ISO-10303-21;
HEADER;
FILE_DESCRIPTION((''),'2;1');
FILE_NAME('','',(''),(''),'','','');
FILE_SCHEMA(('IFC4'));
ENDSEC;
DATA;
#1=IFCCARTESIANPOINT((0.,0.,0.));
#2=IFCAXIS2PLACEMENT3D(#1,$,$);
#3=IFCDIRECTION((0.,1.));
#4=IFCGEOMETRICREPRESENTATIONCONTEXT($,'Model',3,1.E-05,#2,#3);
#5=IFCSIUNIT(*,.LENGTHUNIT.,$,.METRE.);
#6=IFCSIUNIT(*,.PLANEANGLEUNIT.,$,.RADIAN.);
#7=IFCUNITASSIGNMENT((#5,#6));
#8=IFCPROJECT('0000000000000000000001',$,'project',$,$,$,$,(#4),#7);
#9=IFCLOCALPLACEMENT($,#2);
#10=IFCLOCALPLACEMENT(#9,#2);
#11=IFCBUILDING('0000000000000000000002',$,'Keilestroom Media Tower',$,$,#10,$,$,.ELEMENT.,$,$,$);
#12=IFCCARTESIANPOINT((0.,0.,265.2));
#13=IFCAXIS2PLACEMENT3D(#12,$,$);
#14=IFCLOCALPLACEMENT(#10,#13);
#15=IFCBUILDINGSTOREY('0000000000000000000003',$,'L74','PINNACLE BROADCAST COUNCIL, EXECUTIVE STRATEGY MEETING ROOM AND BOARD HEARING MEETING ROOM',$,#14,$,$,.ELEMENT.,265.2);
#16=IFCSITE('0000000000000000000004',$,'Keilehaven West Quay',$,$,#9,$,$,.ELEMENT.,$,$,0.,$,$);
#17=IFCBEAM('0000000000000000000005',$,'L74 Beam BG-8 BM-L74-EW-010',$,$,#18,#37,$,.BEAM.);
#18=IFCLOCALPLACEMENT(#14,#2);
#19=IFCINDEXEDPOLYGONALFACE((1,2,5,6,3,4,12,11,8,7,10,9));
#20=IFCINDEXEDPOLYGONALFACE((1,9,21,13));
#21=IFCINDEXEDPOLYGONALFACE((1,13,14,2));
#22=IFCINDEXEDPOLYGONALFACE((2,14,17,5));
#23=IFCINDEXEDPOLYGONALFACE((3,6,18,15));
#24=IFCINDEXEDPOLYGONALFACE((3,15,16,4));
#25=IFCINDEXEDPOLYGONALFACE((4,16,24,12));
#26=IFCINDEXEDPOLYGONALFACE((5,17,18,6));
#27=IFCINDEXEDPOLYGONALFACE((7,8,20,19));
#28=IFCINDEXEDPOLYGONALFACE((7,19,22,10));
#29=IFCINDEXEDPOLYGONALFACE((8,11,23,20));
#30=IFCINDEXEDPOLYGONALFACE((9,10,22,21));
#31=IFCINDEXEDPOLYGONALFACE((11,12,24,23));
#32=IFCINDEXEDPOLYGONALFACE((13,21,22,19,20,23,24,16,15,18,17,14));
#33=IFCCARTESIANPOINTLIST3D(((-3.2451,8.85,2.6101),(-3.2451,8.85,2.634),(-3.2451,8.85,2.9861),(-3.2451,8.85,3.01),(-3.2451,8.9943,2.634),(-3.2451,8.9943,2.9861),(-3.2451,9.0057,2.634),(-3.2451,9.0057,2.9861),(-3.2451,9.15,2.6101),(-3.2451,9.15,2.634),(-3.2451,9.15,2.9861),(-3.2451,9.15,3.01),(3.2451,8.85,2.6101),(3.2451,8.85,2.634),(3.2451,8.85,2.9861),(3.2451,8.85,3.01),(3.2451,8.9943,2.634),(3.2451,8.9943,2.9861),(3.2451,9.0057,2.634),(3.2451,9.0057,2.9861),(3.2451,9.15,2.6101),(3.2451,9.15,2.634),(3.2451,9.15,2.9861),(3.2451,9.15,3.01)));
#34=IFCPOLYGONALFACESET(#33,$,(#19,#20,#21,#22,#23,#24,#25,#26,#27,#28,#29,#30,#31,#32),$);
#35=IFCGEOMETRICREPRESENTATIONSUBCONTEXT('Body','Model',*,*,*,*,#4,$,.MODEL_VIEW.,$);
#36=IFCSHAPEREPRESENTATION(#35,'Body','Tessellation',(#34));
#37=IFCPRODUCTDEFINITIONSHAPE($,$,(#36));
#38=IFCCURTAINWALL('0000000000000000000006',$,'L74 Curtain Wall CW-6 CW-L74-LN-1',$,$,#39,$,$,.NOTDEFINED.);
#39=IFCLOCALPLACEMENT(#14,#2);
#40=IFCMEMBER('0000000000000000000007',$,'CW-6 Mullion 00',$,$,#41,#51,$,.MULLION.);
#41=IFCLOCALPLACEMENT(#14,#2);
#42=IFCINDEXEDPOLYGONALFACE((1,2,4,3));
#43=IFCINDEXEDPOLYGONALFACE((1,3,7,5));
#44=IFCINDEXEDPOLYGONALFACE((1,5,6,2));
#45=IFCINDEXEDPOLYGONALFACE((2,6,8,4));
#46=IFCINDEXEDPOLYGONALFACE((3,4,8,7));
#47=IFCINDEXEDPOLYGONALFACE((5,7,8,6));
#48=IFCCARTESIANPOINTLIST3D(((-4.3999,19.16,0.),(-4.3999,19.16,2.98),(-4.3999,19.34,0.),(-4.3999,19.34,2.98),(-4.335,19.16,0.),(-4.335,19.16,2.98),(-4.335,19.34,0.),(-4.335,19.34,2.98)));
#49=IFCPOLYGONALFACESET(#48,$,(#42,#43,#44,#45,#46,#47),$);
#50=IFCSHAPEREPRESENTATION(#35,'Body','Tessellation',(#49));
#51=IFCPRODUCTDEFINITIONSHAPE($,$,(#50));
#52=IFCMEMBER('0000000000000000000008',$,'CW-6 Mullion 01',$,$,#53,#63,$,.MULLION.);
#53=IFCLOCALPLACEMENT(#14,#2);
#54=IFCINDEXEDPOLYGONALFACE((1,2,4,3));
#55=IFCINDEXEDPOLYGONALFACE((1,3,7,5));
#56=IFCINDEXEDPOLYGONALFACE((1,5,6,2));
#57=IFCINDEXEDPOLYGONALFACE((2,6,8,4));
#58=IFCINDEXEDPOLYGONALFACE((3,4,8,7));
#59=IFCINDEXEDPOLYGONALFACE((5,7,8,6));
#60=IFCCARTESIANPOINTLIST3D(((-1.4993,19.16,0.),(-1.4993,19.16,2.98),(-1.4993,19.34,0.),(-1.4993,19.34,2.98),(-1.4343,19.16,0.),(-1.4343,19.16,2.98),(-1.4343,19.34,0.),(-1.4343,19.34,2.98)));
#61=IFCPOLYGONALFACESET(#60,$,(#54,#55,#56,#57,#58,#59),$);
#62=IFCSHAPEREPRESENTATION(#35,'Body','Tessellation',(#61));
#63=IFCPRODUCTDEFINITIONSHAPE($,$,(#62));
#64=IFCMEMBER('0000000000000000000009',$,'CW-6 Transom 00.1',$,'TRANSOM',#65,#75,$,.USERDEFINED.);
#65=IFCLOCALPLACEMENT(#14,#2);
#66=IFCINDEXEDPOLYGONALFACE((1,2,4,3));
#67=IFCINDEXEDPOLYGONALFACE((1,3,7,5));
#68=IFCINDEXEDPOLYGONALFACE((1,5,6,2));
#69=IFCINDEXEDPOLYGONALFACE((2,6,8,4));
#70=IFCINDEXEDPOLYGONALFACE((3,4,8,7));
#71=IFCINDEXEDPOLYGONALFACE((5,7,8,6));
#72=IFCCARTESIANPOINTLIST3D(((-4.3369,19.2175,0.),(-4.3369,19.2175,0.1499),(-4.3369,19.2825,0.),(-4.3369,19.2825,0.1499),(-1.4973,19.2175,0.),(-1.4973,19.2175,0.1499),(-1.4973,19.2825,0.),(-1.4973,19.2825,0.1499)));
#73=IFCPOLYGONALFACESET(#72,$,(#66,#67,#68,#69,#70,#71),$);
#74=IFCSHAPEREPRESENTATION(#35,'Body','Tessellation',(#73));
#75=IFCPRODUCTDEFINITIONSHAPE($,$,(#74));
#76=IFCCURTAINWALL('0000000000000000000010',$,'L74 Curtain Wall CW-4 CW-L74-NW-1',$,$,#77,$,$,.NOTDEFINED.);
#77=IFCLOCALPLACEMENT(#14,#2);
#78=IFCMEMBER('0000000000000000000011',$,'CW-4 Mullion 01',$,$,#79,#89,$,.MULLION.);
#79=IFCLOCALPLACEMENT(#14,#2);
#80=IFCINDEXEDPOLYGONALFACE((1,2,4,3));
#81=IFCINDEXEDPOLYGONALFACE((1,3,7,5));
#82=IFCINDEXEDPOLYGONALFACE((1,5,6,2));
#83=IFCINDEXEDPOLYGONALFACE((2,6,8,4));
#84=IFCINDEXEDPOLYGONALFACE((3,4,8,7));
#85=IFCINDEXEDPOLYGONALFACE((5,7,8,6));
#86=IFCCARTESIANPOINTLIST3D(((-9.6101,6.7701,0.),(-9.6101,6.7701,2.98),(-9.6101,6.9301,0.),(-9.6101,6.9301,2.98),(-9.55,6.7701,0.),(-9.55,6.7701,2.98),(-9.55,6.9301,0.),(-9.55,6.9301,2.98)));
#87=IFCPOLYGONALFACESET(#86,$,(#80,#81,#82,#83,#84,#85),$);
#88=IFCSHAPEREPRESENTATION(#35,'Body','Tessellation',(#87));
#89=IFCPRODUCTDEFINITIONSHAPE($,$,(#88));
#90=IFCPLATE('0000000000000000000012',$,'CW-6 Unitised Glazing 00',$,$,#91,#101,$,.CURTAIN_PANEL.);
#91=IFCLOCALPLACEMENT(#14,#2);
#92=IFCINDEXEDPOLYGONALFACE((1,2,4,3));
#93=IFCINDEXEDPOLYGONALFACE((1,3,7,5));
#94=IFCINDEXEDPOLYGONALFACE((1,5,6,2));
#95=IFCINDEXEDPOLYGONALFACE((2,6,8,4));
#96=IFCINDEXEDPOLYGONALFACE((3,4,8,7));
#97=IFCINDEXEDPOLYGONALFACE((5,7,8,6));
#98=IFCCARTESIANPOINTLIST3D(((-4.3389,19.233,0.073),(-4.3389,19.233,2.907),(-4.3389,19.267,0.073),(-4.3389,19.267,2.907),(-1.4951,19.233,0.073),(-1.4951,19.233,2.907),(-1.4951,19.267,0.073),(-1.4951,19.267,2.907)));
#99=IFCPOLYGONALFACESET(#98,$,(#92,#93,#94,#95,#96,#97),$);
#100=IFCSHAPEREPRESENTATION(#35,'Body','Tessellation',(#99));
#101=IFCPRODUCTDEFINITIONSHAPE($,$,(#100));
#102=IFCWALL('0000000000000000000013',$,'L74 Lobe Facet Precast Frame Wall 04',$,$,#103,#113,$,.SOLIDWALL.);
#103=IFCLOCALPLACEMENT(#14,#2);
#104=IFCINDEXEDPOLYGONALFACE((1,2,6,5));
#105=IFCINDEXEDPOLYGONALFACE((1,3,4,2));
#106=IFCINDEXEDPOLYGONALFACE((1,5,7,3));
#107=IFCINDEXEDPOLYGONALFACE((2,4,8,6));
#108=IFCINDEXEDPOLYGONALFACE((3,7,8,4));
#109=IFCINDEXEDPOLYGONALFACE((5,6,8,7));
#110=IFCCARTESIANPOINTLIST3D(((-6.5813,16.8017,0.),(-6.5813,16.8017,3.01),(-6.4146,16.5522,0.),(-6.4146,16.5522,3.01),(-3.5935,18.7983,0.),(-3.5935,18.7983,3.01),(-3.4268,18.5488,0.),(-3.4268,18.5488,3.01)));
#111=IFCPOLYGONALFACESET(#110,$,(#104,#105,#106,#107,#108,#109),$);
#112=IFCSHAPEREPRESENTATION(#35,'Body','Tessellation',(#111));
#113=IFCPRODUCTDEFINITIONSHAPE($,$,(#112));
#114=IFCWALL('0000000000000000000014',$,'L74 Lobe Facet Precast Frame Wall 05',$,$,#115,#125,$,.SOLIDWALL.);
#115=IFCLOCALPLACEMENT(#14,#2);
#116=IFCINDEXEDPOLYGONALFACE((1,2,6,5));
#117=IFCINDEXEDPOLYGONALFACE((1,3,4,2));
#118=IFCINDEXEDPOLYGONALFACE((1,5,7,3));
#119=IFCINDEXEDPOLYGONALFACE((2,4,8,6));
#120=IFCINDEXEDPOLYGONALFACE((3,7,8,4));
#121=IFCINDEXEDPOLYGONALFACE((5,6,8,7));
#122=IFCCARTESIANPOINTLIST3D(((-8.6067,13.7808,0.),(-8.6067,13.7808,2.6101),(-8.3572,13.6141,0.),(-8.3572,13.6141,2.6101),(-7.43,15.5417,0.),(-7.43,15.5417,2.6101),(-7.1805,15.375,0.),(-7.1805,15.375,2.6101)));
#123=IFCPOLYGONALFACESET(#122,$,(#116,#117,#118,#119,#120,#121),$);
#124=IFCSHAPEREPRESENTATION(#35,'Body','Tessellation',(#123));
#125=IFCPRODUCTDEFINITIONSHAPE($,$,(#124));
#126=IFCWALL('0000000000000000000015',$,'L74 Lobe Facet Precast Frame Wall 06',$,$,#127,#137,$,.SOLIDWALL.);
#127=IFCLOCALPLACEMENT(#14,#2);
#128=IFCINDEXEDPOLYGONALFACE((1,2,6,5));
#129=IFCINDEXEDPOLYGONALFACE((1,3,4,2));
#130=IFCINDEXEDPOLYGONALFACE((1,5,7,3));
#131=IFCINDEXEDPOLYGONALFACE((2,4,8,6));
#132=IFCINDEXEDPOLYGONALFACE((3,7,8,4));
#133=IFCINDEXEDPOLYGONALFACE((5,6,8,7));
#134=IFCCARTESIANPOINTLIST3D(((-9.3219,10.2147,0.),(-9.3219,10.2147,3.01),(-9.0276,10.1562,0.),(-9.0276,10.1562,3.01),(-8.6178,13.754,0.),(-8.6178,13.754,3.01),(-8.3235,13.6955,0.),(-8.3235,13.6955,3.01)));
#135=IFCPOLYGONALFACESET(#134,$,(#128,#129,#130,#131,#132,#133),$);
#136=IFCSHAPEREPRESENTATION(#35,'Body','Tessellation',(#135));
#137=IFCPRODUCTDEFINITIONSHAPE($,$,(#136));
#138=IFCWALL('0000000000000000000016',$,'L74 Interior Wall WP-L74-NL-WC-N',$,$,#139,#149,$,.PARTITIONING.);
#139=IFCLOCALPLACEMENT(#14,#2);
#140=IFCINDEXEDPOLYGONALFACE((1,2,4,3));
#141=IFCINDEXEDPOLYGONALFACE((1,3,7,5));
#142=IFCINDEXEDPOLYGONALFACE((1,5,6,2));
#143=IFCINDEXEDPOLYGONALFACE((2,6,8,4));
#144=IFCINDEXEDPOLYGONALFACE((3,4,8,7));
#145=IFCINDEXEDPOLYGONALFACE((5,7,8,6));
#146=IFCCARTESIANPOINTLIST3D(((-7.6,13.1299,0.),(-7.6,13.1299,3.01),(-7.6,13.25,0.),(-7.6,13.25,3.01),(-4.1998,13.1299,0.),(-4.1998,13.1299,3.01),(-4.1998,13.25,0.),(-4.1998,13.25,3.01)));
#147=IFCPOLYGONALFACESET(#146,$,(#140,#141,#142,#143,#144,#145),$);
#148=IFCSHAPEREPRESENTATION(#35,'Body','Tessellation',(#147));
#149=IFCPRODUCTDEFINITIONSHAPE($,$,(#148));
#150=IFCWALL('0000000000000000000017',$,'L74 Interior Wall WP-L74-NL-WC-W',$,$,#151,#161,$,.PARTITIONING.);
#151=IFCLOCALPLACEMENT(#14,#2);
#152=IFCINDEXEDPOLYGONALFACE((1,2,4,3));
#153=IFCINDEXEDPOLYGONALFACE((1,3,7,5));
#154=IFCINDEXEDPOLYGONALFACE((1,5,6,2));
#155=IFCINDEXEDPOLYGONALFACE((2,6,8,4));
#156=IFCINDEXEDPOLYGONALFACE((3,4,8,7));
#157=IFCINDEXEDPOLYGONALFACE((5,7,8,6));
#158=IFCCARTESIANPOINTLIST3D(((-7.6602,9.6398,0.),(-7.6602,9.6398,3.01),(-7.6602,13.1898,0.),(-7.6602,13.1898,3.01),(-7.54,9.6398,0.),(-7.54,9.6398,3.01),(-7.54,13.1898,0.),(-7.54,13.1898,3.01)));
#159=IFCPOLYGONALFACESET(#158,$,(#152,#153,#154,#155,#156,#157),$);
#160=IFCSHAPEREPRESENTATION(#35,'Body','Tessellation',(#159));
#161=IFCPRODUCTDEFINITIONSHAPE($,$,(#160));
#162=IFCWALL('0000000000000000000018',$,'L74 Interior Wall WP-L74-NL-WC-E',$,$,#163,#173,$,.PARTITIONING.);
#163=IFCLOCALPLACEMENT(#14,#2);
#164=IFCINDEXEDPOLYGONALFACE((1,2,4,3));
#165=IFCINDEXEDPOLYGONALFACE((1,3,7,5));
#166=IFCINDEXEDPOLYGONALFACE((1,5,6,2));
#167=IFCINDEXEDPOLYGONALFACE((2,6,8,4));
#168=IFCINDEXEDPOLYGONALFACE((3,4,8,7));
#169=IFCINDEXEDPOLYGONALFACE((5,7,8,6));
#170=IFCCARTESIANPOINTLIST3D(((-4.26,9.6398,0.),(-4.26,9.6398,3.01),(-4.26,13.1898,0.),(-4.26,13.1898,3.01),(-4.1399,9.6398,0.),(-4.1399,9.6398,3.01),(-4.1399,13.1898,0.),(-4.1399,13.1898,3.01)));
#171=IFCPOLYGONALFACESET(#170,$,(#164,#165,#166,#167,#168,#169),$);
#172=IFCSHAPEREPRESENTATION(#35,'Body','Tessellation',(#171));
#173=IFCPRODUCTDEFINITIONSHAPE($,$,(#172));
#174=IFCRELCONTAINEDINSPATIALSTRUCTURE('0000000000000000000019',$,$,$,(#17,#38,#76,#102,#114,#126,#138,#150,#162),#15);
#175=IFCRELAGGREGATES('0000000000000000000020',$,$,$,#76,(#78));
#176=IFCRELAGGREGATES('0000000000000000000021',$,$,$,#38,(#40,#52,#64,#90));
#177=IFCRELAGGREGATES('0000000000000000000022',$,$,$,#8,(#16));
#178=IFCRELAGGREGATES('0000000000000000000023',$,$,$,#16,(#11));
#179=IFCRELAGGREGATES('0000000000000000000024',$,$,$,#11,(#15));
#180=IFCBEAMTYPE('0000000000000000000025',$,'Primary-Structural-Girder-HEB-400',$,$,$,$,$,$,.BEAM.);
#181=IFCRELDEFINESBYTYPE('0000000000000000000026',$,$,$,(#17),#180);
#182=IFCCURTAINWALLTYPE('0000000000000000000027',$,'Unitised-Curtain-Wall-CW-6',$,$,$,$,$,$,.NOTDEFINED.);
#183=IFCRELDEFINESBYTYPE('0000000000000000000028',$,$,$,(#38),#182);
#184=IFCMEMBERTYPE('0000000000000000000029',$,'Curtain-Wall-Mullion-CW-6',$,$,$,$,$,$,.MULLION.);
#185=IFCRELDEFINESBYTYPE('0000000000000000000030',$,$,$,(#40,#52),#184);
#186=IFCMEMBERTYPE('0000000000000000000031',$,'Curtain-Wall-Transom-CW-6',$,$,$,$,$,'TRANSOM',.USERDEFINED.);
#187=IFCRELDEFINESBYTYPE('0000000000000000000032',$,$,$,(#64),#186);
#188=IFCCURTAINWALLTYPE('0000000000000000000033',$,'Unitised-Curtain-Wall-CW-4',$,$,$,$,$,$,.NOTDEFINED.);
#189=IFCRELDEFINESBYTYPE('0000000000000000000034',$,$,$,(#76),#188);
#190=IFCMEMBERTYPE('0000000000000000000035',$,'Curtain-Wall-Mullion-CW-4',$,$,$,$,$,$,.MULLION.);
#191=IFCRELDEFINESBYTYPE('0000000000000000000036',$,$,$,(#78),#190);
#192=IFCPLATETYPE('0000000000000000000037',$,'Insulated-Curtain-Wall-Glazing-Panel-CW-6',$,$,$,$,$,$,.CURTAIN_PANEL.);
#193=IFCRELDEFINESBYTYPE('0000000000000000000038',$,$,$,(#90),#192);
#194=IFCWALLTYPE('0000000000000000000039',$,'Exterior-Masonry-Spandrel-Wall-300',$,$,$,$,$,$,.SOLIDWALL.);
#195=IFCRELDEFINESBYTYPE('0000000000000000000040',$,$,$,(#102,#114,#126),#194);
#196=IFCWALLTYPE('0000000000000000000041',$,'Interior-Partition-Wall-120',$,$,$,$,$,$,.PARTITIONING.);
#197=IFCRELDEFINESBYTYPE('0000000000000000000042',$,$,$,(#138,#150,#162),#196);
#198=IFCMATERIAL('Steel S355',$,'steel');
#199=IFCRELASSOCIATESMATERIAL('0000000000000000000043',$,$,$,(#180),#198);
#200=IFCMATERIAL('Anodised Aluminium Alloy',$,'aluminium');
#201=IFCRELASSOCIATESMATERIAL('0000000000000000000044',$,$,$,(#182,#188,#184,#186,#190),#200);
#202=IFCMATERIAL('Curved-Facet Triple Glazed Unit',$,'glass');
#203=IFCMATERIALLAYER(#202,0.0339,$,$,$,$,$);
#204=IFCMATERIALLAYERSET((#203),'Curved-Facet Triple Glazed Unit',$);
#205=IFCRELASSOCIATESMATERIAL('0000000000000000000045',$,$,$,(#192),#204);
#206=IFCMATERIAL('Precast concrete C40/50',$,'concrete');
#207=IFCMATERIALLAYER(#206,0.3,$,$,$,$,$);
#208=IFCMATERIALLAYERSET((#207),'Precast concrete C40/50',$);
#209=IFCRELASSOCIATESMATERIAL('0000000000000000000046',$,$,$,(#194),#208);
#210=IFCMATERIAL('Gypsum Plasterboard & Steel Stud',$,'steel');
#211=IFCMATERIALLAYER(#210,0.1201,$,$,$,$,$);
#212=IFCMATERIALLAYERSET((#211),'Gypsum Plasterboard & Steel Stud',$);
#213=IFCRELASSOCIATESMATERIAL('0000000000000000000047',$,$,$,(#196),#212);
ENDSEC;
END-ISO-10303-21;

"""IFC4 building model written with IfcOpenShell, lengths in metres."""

from ifc_helpers import new_model, si_unit, direction, frame, frame_2d, origin, origin_2d, place, context, subcontext, project, spatial, rectangle, i_section, extrude, source, transform, mapped, material, layer, layer_set, material_profile, profile_set, type_object, element, aggregate, save


model = new_model("IFC4")

# Units and contexts
model_context = context("Model", 3, precision=1e-05, world=origin(), true_north=direction((0.0, 1.0)))
body_context = subcontext(model_context, "Body", "Model", "MODEL_VIEW")
ifc_project = project(units=[si_unit("LENGTHUNIT", "METRE"), si_unit("PLANEANGLEUNIT", "RADIAN")], contexts=[model_context])

# Site, building, storey
site_placement = place(None, origin())
site = spatial("IfcSite", under=ifc_project, at=site_placement, Name="Keilehaven West Quay", CompositionType="ELEMENT", RefElevation=0.0)
building_placement = place(site_placement, origin())
building = spatial("IfcBuilding", under=site, at=building_placement, Name="Keilestroom Media Tower", CompositionType="ELEMENT")
storey_placement = place(building_placement, frame((0.0, 0.0, 265.2)))
storey = spatial("IfcBuildingStorey", under=building, at=storey_placement, Name="L74", Description="PINNACLE BROADCAST COUNCIL, EXECUTIVE STRATEGY MEETING ROOM AND BOARD HEARING MEETING ROOM", CompositionType="ELEMENT", Elevation=265.2)

# Shared definitions
ifc_material_1 = material(Name="Steel S355", Category="steel")

# Beam
ifc_material_profile_1 = material_profile(ifc_material_1, i_section(OverallWidth=0.3, OverallDepth=0.3999, WebThickness=0.0115, FlangeThickness=0.0239, at=origin_2d()), Name="HEB 400")
ifc_profile_set_1 = profile_set([ifc_material_profile_1], Name="Steel S355")
beam_type = type_object("IfcBeamType", Name="Primary-Structural-Girder-HEB-400", PredefinedType="BEAM", material=ifc_profile_set_1)
shared_shape_1 = source(origin(), body_context, "Body", "SweptSolid", [
    extrude(i_section(OverallWidth=0.3, OverallDepth=0.3999, WebThickness=0.0115, FlangeThickness=0.0239, at=origin_2d()), origin(), (0.0, 0.0, 1.0), 6.4902),
])
beam_1_placement = place(storey_placement, frame((-3.2451, 9.0, 2.8101), z_axis=(1.0, 0.0, 0.0), x_axis=(0.0, 1.0, 0.0)))
element("IfcBeam", 1, at=beam_1_placement, inside=storey, type_object=beam_type, Name="L74 Beam BG-8 BM-L74-EW-010", PredefinedType="BEAM", context=body_context, shape_type="MappedRepresentation", body=[
    mapped(shared_shape_1, transform((0.0, 0.0, 0.0), x_axis=(1.0, 0.0, 0.0), y_axis=(0.0, 1.0, 0.0), z_axis=(0.0, 0.0, 1.0), scale=1.0)),
])

# Curtain wall, members
ifc_material_2 = material(Name="Anodised Aluminium Alloy", Category="aluminium")
curtain_wall_type_1 = type_object("IfcCurtainWallType", Name="Unitised-Curtain-Wall-CW-6", PredefinedType="NOTDEFINED", material=ifc_material_2)
curtain_wall_1_placement = place(storey_placement, origin())
curtain_wall_1 = element("IfcCurtainWall", 2, at=curtain_wall_1_placement, inside=storey, type_object=curtain_wall_type_1, Name="L74 Curtain Wall CW-6 CW-L74-LN-1", PredefinedType="NOTDEFINED")
ifc_material_profile_2 = material_profile(ifc_material_2, rectangle(XDim=0.0649, YDim=0.1799, at=origin_2d()), Name="ALU MULLION 65x180")
ifc_profile_set_2 = profile_set([ifc_material_profile_2], Name="Anodised Aluminium Alloy")
member_type_1 = type_object("IfcMemberType", Name="Curtain-Wall-Mullion-CW-6", PredefinedType="MULLION", material=ifc_profile_set_2)
shared_shape_2 = source(origin(), body_context, "Body", "SweptSolid", [
    extrude(rectangle(XDim=0.0649, YDim=0.1799, at=origin_2d()), origin(), (0.0, 0.0, 1.0), 2.98),
])
member_1_placement = place(storey_placement, frame((-4.3674, 19.25, 0.0), z_axis=(0.0, 0.0, 1.0), x_axis=(1.0, 0.0, 0.0)))
member_1 = element("IfcMember", 3, at=member_1_placement, type_object=member_type_1, Name="CW-6 Mullion 00", PredefinedType="MULLION", context=body_context, shape_type="MappedRepresentation", body=[
    mapped(shared_shape_2, transform((0.0, 0.0, 0.0), x_axis=(1.0, 0.0, 0.0), y_axis=(0.0, 1.0, 0.0), z_axis=(0.0, 0.0, 1.0), scale=1.0)),
])
member_2_placement = place(storey_placement, frame((-1.4668, 19.25, 0.0), z_axis=(0.0, 0.0, 1.0), x_axis=(1.0, 0.0, 0.0)))
member_2 = element("IfcMember", 4, at=member_2_placement, type_object=member_type_1, Name="CW-6 Mullion 01", PredefinedType="MULLION", context=body_context, shape_type="MappedRepresentation", body=[
    mapped(shared_shape_2, transform((0.0, 0.0, 0.0), x_axis=(1.0, 0.0, 0.0), y_axis=(0.0, 1.0, 0.0), z_axis=(0.0, 0.0, 1.0), scale=1.0)),
])
ifc_material_profile_3 = material_profile(ifc_material_2, rectangle(XDim=0.0649, YDim=0.1499, at=origin_2d()), Name="ALU TRANSOM 65x150")
ifc_profile_set_3 = profile_set([ifc_material_profile_3], Name="Anodised Aluminium Alloy")
member_type_2 = type_object("IfcMemberType", Name="Curtain-Wall-Transom-CW-6", ElementType="TRANSOM", PredefinedType="USERDEFINED", material=ifc_profile_set_3)
shared_shape_3 = source(origin(), body_context, "Body", "SweptSolid", [
    extrude(rectangle(XDim=0.0649, YDim=0.1499, at=origin_2d()), origin(), (0.0, 0.0, 1.0), 2.8396),
])
member_3_placement = place(storey_placement, frame((-4.3369, 19.25, 0.075), z_axis=(1.0, 0.0, 0.0), x_axis=(0.0, 1.0, 0.0)))
member_3 = element("IfcMember", 5, at=member_3_placement, type_object=member_type_2, Name="CW-6 Transom 00.1", ObjectType="TRANSOM", PredefinedType="USERDEFINED", context=body_context, shape_type="MappedRepresentation", body=[
    mapped(shared_shape_3, transform((0.0, 0.0, 0.0), x_axis=(1.0, 0.0, 0.0), y_axis=(0.0, 1.0, 0.0), z_axis=(0.0, 0.0, 1.0), scale=1.0)),
])

# Curtain wall, member
curtain_wall_type_2 = type_object("IfcCurtainWallType", Name="Unitised-Curtain-Wall-CW-4", PredefinedType="NOTDEFINED", material=ifc_material_2)
curtain_wall_2_placement = place(storey_placement, origin())
curtain_wall_2 = element("IfcCurtainWall", 6, at=curtain_wall_2_placement, inside=storey, type_object=curtain_wall_type_2, Name="L74 Curtain Wall CW-4 CW-L74-NW-1", PredefinedType="NOTDEFINED")
ifc_material_profile_4 = material_profile(ifc_material_2, rectangle(XDim=0.0601, YDim=0.1599, at=origin_2d()), Name="ALU MULLION 60x160")
ifc_profile_set_4 = profile_set([ifc_material_profile_4], Name="Anodised Aluminium Alloy")
member_type_3 = type_object("IfcMemberType", Name="Curtain-Wall-Mullion-CW-4", PredefinedType="MULLION", material=ifc_profile_set_4)
shared_shape_4 = source(origin(), body_context, "Body", "SweptSolid", [
    extrude(rectangle(XDim=0.0601, YDim=0.1599, at=origin_2d()), origin(), (0.0, 0.0, 1.0), 2.98),
])
member_4_placement = place(storey_placement, frame((-9.5801, 6.8501, 0.0), z_axis=(0.0, 0.0, 1.0), x_axis=(1.0, 0.0, 0.0)))
member_4 = element("IfcMember", 7, at=member_4_placement, type_object=member_type_3, Name="CW-4 Mullion 01", PredefinedType="MULLION", context=body_context, shape_type="MappedRepresentation", body=[
    mapped(shared_shape_4, transform((0.0, 0.0, 0.0), x_axis=(1.0, 0.0, 0.0), y_axis=(0.0, 1.0, 0.0), z_axis=(0.0, 0.0, 1.0), scale=1.0)),
])
aggregate(curtain_wall_2, [member_4])

# Plate
ifc_material_3 = material(Name="Curved-Facet Triple Glazed Unit", Category="glass")
ifc_layer_1 = layer(ifc_material_3, 0.0339)
ifc_layer_set_1 = layer_set([ifc_layer_1], Name="Curved-Facet Triple Glazed Unit")
plate_type = type_object("IfcPlateType", Name="Insulated-Curtain-Wall-Glazing-Panel-CW-6", PredefinedType="CURTAIN_PANEL", material=ifc_layer_set_1)
shared_shape_5 = source(origin(), body_context, "Body", "SweptSolid", [
    extrude(rectangle(XDim=2.8438, YDim=0.0339, at=origin_2d()), origin(), (0.0, 0.0, 1.0), 2.834),
])
plate_placement = place(storey_placement, frame((-2.917, 19.25, 0.073), z_axis=(0.0, 0.0, 1.0), x_axis=(1.0, 0.0, 0.0)))
plate = element("IfcPlate", 8, at=plate_placement, type_object=plate_type, Name="CW-6 Unitised Glazing 00", PredefinedType="CURTAIN_PANEL", context=body_context, shape_type="MappedRepresentation", body=[
    mapped(shared_shape_5, transform((0.0, 0.0, 0.0), x_axis=(1.0, 0.0, 0.0), y_axis=(0.0, 1.0, 0.0), z_axis=(0.0, 0.0, 1.0), scale=1.0)),
])
aggregate(curtain_wall_1, [member_1, member_2, member_3, plate])

# Walls
ifc_material_4 = material(Name="Precast concrete C40/50", Category="concrete")
ifc_layer_2 = layer(ifc_material_4, 0.3)
ifc_layer_set_2 = layer_set([ifc_layer_2], Name="Precast concrete C40/50")
wall_type_1 = type_object("IfcWallType", Name="Exterior-Masonry-Spandrel-Wall-300", PredefinedType="SOLIDWALL", material=ifc_layer_set_2)
wall_1_placement = place(storey_placement, frame((-3.51, 18.6736, 0.0), z_axis=(0.0, 0.0, 1.0), x_axis=(-0.831444, -0.555609, 0.0)))
element("IfcWall", 9, at=wall_1_placement, inside=storey, type_object=wall_type_1, Name="L74 Lobe Facet Precast Frame Wall 04", PredefinedType="SOLIDWALL", context=body_context, shape_type="SweptSolid", body=[
    extrude(rectangle(XDim=3.5935, YDim=0.3, at=frame_2d((1.7969, 0.0))), origin(), (0.0, 0.0, 1.0), 3.01),
])
wall_2_placement = place(storey_placement, frame((-7.3052, 15.4585, 0.0), z_axis=(0.0, 0.0, 1.0), x_axis=(-0.555604, -0.831447, 0.0)))
element("IfcWall", 10, at=wall_2_placement, inside=storey, type_object=wall_type_1, Name="L74 Lobe Facet Precast Frame Wall 05", PredefinedType="SOLIDWALL", context=body_context, shape_type="SweptSolid", body=[
    extrude(rectangle(XDim=2.1179, YDim=0.3, at=frame_2d((1.0591, 0.0))), origin(), (0.0, 0.0, 1.0), 2.6101),
])
wall_3_placement = place(storey_placement, frame((-8.4707, 13.7246, 0.0), z_axis=(0.0, 0.0, 1.0), x_axis=(-0.195114, -0.980781, 0.0)))
element("IfcWall", 11, at=wall_3_placement, inside=storey, type_object=wall_type_1, Name="L74 Lobe Facet Precast Frame Wall 06", PredefinedType="SOLIDWALL", context=body_context, shape_type="SweptSolid", body=[
    extrude(rectangle(XDim=3.6086, YDim=0.3, at=frame_2d((1.8042, 0.0))), origin(), (0.0, 0.0, 1.0), 3.01),
])
ifc_material_5 = material(Name="Gypsum Plasterboard & Steel Stud", Category="steel")
ifc_layer_3 = layer(ifc_material_5, 0.1201)
ifc_layer_set_3 = layer_set([ifc_layer_3], Name="Gypsum Plasterboard & Steel Stud")
wall_type_2 = type_object("IfcWallType", Name="Interior-Partition-Wall-120", PredefinedType="PARTITIONING", material=ifc_layer_set_3)
wall_4_placement = place(storey_placement, frame((-7.6001, 13.1899, 0.0), z_axis=(0.0, 0.0, 1.0), x_axis=(1.0, 0.0, 0.0)))
element("IfcWall", 12, at=wall_4_placement, inside=storey, type_object=wall_type_2, Name="L74 Interior Wall WP-L74-NL-WC-N", PredefinedType="PARTITIONING", context=body_context, shape_type="SweptSolid", body=[
    extrude(rectangle(XDim=3.4001, YDim=0.1201, at=frame_2d((1.7002, 0.0))), origin(), (0.0, 0.0, 1.0), 3.01),
])
for number, where, z_axis, x_axis, name in (
    (13, (-7.6001, 9.6399, 0.0), (0.0, 0.0, 1.0), (0.0, 1.0, 0.0), "L74 Interior Wall WP-L74-NL-WC-W"),
    (14, (-4.2, 9.6399, 0.0), (0.0, 0.0, 1.0), (0.0, 1.0, 0.0), "L74 Interior Wall WP-L74-NL-WC-E"),
):
    element("IfcWall", number, at=place(storey_placement, frame(where, z_axis=z_axis, x_axis=x_axis)), inside=storey, type_object=wall_type_2, Name=name, PredefinedType="PARTITIONING", context=body_context, shape_type="SweptSolid", body=[
        extrude(rectangle(XDim=3.55, YDim=0.1201, at=frame_2d((1.7749, 0.0))), origin(), (0.0, 0.0, 1.0), 3.01),
    ])

save(model, "model.ifc")
